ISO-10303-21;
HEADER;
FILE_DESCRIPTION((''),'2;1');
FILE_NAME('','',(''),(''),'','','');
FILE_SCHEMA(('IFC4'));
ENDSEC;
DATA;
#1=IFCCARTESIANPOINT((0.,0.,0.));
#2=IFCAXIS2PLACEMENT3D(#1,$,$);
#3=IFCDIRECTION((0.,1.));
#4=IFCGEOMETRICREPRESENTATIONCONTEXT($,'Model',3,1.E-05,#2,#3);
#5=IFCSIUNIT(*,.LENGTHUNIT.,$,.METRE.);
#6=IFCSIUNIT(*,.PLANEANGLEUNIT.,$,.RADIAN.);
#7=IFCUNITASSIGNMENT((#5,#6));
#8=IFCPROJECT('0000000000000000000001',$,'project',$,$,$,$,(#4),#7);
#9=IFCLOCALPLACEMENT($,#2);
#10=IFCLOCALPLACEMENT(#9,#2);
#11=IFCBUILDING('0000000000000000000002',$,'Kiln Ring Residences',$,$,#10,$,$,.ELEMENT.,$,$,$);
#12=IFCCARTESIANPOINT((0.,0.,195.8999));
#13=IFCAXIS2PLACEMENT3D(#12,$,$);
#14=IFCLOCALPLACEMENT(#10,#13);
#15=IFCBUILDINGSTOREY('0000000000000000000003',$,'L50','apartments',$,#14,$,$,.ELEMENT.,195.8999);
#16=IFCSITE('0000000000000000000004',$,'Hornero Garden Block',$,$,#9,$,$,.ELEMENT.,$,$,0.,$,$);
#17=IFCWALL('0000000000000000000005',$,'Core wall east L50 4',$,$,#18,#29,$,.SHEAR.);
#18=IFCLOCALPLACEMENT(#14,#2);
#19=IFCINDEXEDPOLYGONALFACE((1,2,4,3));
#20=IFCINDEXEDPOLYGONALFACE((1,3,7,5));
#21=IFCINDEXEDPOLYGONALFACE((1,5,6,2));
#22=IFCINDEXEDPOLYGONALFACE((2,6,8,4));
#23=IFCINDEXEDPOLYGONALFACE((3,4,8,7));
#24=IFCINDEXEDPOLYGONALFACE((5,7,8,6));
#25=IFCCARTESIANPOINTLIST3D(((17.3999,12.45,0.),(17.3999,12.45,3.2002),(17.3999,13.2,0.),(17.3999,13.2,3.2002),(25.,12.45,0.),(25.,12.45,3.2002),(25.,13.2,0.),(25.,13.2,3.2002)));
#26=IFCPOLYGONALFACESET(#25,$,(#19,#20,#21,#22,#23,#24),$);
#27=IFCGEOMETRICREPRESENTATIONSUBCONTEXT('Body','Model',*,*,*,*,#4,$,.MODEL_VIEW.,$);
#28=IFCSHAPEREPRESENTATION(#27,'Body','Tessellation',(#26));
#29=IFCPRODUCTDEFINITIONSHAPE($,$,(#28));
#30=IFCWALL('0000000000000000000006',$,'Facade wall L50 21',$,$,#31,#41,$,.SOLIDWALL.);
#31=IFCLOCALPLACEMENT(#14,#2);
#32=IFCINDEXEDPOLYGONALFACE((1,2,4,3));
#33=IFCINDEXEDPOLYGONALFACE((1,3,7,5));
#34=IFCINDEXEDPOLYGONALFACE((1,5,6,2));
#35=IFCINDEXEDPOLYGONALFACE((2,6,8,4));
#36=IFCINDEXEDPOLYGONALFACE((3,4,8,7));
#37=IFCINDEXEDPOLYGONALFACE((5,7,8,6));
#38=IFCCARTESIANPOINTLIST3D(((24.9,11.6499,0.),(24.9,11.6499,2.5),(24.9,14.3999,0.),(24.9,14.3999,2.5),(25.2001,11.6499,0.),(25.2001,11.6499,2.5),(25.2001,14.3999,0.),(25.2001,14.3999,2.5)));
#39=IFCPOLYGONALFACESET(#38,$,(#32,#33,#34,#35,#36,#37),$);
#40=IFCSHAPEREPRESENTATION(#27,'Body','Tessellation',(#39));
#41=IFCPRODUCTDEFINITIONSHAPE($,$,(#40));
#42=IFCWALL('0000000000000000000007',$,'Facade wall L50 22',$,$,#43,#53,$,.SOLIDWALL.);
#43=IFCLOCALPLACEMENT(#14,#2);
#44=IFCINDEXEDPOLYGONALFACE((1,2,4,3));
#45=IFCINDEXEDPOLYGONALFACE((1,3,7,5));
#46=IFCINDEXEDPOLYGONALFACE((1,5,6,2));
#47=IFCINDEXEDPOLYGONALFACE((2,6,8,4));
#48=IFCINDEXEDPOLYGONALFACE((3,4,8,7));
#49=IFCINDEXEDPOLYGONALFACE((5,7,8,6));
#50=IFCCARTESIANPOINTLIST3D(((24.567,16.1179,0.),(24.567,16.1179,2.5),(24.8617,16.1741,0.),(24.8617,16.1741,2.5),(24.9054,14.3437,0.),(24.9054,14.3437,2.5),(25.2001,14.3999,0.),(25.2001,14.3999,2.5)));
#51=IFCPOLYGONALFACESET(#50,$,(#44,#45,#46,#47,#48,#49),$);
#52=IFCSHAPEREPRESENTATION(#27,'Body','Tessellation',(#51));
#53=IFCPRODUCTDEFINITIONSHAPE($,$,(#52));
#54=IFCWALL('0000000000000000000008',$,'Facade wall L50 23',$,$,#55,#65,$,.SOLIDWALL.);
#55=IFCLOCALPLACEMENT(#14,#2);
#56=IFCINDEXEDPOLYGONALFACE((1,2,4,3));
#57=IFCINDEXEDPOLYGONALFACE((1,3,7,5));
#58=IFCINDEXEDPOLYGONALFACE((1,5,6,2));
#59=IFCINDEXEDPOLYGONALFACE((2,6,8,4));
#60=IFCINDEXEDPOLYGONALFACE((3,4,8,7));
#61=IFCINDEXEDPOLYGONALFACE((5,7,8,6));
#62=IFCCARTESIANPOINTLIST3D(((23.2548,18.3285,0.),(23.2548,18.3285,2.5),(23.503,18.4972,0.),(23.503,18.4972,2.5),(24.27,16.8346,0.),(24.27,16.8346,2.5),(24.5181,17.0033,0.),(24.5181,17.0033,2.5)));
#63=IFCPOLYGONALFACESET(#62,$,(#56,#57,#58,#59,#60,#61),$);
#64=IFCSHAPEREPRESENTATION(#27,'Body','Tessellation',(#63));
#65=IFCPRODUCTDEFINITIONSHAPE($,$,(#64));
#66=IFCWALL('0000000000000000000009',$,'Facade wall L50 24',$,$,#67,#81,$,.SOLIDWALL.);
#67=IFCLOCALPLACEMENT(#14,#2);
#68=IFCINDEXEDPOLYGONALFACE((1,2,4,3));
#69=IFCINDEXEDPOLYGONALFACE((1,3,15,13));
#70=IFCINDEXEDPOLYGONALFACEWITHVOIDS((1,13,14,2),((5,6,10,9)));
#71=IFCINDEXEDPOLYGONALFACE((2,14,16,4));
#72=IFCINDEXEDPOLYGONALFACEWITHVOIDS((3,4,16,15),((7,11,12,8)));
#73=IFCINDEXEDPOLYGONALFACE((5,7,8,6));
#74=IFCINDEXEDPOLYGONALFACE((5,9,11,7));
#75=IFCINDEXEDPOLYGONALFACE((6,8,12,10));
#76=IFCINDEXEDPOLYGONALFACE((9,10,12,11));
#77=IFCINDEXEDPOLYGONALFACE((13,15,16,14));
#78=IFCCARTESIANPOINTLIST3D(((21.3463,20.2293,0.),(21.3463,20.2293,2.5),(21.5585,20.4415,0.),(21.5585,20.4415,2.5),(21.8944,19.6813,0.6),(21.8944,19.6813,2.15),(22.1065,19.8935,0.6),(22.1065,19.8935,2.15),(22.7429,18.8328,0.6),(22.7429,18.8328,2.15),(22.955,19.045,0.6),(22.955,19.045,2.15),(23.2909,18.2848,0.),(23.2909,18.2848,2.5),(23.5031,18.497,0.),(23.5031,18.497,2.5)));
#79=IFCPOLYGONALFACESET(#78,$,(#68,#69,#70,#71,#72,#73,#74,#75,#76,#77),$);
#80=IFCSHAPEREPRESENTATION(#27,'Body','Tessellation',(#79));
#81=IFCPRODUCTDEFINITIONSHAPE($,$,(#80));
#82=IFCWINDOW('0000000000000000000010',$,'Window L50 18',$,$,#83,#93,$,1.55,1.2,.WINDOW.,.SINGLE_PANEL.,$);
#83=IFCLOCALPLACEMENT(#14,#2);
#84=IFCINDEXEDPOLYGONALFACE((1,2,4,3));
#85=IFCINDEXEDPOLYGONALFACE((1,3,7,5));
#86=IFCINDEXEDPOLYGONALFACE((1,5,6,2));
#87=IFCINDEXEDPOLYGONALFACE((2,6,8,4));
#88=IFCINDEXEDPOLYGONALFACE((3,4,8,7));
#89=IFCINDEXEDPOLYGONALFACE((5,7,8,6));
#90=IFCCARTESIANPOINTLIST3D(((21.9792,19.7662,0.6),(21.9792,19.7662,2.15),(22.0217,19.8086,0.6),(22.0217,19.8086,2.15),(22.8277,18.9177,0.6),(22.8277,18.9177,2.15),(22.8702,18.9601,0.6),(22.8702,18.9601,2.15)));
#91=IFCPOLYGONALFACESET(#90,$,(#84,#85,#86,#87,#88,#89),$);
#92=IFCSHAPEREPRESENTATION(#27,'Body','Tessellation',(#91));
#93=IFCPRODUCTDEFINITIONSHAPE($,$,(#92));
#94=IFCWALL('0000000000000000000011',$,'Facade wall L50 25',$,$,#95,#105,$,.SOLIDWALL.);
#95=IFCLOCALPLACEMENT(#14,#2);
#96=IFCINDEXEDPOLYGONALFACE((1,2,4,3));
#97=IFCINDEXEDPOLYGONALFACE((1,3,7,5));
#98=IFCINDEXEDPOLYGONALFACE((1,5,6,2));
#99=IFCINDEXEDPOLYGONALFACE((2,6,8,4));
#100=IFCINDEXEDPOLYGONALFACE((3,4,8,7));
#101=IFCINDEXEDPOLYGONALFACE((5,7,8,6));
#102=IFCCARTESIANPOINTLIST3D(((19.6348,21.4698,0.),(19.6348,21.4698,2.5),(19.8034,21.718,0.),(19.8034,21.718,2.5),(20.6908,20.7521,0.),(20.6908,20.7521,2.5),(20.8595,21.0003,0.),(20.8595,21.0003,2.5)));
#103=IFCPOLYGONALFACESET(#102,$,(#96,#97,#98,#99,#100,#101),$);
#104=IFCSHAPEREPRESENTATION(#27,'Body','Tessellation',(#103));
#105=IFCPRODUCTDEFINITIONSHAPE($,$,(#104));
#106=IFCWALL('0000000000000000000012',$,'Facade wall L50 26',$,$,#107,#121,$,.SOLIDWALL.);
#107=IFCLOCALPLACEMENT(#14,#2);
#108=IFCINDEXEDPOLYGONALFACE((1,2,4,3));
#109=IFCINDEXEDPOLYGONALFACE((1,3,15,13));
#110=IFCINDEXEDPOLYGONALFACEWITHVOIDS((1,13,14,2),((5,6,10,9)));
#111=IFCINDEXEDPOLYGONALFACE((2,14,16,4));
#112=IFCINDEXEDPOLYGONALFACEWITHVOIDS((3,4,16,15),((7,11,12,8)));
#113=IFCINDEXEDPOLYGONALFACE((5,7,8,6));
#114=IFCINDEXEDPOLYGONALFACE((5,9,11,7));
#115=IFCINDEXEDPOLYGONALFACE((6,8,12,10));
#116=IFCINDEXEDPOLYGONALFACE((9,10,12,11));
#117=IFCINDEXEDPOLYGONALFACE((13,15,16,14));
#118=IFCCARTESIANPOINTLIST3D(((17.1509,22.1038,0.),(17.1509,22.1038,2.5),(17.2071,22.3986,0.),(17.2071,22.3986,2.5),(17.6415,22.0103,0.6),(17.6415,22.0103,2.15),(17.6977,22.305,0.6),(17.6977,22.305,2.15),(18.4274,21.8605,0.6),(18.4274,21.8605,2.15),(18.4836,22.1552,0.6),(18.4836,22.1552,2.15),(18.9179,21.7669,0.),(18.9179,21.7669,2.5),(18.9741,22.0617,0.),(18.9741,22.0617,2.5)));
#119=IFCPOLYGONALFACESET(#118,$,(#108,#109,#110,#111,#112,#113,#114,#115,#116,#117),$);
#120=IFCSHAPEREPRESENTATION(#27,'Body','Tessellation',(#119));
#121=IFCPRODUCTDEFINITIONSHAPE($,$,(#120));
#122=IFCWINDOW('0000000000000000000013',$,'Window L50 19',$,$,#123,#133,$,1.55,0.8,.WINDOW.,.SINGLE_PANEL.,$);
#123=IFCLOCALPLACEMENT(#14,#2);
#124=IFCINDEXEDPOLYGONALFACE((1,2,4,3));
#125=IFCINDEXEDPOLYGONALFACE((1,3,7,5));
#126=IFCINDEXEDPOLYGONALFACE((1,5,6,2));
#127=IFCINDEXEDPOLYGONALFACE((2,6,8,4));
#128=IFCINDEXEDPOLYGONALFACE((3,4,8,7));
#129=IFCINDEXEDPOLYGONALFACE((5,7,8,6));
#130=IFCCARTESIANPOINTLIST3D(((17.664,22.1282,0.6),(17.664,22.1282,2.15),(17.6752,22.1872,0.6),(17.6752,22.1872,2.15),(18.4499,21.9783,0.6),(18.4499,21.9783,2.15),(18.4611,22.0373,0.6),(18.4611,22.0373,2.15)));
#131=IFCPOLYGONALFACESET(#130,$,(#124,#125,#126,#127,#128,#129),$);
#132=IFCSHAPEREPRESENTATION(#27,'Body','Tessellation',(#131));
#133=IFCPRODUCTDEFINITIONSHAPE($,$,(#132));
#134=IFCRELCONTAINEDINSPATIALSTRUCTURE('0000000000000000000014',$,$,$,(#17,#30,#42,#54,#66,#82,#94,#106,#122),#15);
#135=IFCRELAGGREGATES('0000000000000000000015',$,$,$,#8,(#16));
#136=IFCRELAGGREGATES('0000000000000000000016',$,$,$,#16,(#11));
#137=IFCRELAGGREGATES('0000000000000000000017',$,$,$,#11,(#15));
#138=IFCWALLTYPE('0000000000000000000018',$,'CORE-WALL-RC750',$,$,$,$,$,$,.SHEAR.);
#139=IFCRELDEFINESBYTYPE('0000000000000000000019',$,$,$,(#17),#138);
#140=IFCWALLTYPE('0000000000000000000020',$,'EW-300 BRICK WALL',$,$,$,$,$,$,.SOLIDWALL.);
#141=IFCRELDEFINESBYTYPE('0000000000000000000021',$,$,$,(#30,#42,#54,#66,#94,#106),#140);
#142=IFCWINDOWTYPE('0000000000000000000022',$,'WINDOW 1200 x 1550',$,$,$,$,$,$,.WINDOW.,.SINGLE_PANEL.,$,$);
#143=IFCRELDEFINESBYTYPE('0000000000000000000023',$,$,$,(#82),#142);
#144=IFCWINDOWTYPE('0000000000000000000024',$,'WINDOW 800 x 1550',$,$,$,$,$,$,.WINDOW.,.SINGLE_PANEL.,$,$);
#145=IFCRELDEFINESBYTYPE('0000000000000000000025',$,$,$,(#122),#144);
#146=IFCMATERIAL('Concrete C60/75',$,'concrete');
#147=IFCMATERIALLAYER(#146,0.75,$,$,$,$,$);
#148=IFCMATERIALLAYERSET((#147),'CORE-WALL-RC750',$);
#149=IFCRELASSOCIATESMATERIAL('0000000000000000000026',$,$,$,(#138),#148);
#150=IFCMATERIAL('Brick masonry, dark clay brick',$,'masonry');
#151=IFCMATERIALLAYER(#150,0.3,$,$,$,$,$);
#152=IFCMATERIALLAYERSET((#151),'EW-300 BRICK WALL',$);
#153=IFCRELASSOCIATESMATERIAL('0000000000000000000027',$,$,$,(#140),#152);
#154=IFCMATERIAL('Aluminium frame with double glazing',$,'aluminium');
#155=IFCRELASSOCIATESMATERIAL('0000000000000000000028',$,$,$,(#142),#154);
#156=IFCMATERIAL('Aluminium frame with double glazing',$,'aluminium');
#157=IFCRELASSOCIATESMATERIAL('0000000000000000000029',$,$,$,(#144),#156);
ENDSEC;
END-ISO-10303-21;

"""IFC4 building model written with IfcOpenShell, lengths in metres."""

from ifc_helpers import new_model, si_unit, direction, frame, frame_2d, origin, place, context, subcontext, project, spatial, rectangle, extrude, material, layer, layer_set, type_object, element, fill, save


model = new_model("IFC4")

# Units and contexts
model_context = context("Model", 3, precision=1e-05, world=origin(), true_north=direction((0.0, 1.0)))
body_context = subcontext(model_context, "Body", "Model", "MODEL_VIEW")
ifc_project = project(units=[si_unit("LENGTHUNIT", "METRE"), si_unit("PLANEANGLEUNIT", "RADIAN")], contexts=[model_context])

# Site, building, storey
site_placement = place(None, origin())
site = spatial("IfcSite", under=ifc_project, at=site_placement, Name="Hornero Garden Block", CompositionType="ELEMENT", RefElevation=0.0)
building_placement = place(site_placement, origin())
building = spatial("IfcBuilding", under=site, at=building_placement, Name="Kiln Ring Residences", CompositionType="ELEMENT")
storey_placement = place(building_placement, frame((0.0, 0.0, 195.8999)))
storey = spatial("IfcBuildingStorey", under=building, at=storey_placement, Name="L50", Description="apartments", CompositionType="ELEMENT", Elevation=195.8999)

# Walls
ifc_material_1 = material(Name="Concrete C60/75", Category="concrete")
ifc_layer_1 = layer(ifc_material_1, 0.75)
ifc_layer_set_1 = layer_set([ifc_layer_1], Name="CORE-WALL-RC750")
wall_type_1 = type_object("IfcWallType", Name="CORE-WALL-RC750", PredefinedType="SHEAR", material=ifc_layer_set_1)
wall_1_placement = place(storey_placement, frame((17.3999, 12.825, 0.0), z_axis=(0.0, 0.0, 1.0), x_axis=(1.0, 0.0, 0.0)))
element("IfcWall", 1, at=wall_1_placement, inside=storey, type_object=wall_type_1, Name="Core wall east L50 4", PredefinedType="SHEAR", context=body_context, shape_type="SweptSolid", body=[
    extrude(rectangle(XDim=7.6001, YDim=0.75, at=frame_2d((3.8, 0.0))), origin(), (0.0, 0.0, 1.0), 3.2002),
])
ifc_material_2 = material(Name="Brick masonry, dark clay brick", Category="masonry")
ifc_layer_2 = layer(ifc_material_2, 0.3)
ifc_layer_set_2 = layer_set([ifc_layer_2], Name="EW-300 BRICK WALL")
wall_type_2 = type_object("IfcWallType", Name="EW-300 BRICK WALL", PredefinedType="SOLIDWALL", material=ifc_layer_set_2)
wall_2_placement = place(storey_placement, frame((25.05, 11.6499, 0.0), z_axis=(0.0, 0.0, 1.0), x_axis=(0.0, 1.0, 0.0)))
element("IfcWall", 2, at=wall_2_placement, inside=storey, type_object=wall_type_2, Name="Facade wall L50 21", PredefinedType="SOLIDWALL", context=body_context, shape_type="SweptSolid", body=[
    extrude(rectangle(XDim=2.75, YDim=0.3, at=frame_2d((1.375, 0.0))), origin(), (0.0, 0.0, 1.0), 2.5),
])
for number, where, z_axis, x_axis, name in (
    (3, (25.0527, 14.3718, 0.0), (0.0, 0.0, 1.0), (-0.187348, 0.982294, 0.0), "Facade wall L50 22"),
    (4, (24.394, 16.9189, 0.0), (0.0, 0.0, 1.0), (-0.56204, 0.82711, 0.0), "Facade wall L50 23"),
):
    element("IfcWall", number, at=place(storey_placement, frame(where, z_axis=z_axis, x_axis=x_axis)), inside=storey, type_object=wall_type_2, Name=name, PredefinedType="SOLIDWALL", context=body_context, shape_type="SweptSolid", body=[
        extrude(rectangle(XDim=1.8062, YDim=0.3, at=frame_2d((0.9031, 0.0))), origin(), (0.0, 0.0, 1.0), 2.5),
    ])

# Wall, opening, window
wall_3_placement = place(storey_placement, frame((23.397, 18.3909, 0.0), z_axis=(0.0, 0.0, 1.0), x_axis=(-0.707107, 0.707107, 0.0)))
wall_3 = element("IfcWall", 5, at=wall_3_placement, inside=storey, type_object=wall_type_2, Name="Facade wall L50 24", PredefinedType="SOLIDWALL", context=body_context, shape_type="SweptSolid", body=[
    extrude(rectangle(XDim=2.75, YDim=0.3, at=frame_2d((1.375, 0.0))), origin(), (0.0, 0.0, 1.0), 2.5),
])
opening_1_placement = place(wall_3_placement, frame((0.7749, 0.0, 0.6001)))
opening_1 = element("IfcOpeningElement", 6, at=opening_1_placement, cuts=wall_3, PredefinedType="OPENING", context=body_context, shape_type="SweptSolid", body=[
    extrude(rectangle(XDim=1.2, YDim=1.55, at=frame_2d((0.6001, 0.7749))), frame((0.0, 0.1599, 0.0), z_axis=(0.0, -1.0, 0.0), x_axis=(1.0, 0.0, 0.0)), (0.0, 0.0, 1.0), 0.3201),
])
ifc_material_3 = material(Name="Aluminium frame with double glazing", Category="aluminium")
window_type_1 = type_object("IfcWindowType", Name="WINDOW 1200 x 1550", PartitioningType="SINGLE_PANEL", PredefinedType="WINDOW", material=ifc_material_3)
window_1_placement = place(opening_1_placement, origin())
window_1 = element("IfcWindow", 7, at=window_1_placement, inside=storey, type_object=window_type_1, Name="Window L50 18", OverallHeight=1.55, OverallWidth=1.2, PartitioningType="SINGLE_PANEL", PredefinedType="WINDOW", context=body_context, shape_type="SweptSolid", body=[
    extrude(rectangle(XDim=1.2, YDim=1.55, at=frame_2d((0.6001, 0.7749))), frame((0.0, 0.03, 0.0), z_axis=(0.0, -1.0, 0.0), x_axis=(1.0, 0.0, 0.0)), (0.0, 0.0, 1.0), 0.0601),
])
fill(opening_1, window_1)

# Wall
wall_4_placement = place(storey_placement, frame((20.7751, 20.8762, 0.0), z_axis=(0.0, 0.0, 1.0), x_axis=(-0.827076, 0.56209, 0.0)))
element("IfcWall", 8, at=wall_4_placement, inside=storey, type_object=wall_type_2, Name="Facade wall L50 25", PredefinedType="SOLIDWALL", context=body_context, shape_type="SweptSolid", body=[
    extrude(rectangle(XDim=1.2769, YDim=0.3, at=frame_2d((0.6384, 0.0))), origin(), (0.0, 0.0, 1.0), 2.5),
])

# Wall, opening, window
wall_5_placement = place(storey_placement, frame((18.946, 21.9143, 0.0), z_axis=(0.0, 0.0, 1.0), x_axis=(-0.982305, 0.187287, 0.0)))
wall_5 = element("IfcWall", 9, at=wall_5_placement, inside=storey, type_object=wall_type_2, Name="Facade wall L50 26", PredefinedType="SOLIDWALL", context=body_context, shape_type="SweptSolid", body=[
    extrude(rectangle(XDim=1.7988, YDim=0.3, at=frame_2d((0.8994, 0.0))), origin(), (0.0, 0.0, 1.0), 2.5),
])
opening_2_placement = place(wall_5_placement, frame((0.4995, 0.0, 0.6001)))
opening_2 = element("IfcOpeningElement", 10, at=opening_2_placement, cuts=wall_5, PredefinedType="OPENING", context=body_context, shape_type="SweptSolid", body=[
    extrude(rectangle(XDim=0.8, YDim=1.55, at=frame_2d((0.3999, 0.7749))), frame((0.0, 0.1599, 0.0), z_axis=(0.0, -1.0, 0.0), x_axis=(1.0, 0.0, 0.0)), (0.0, 0.0, 1.0), 0.3201),
])
ifc_material_4 = material(Name="Aluminium frame with double glazing", Category="aluminium")
window_type_2 = type_object("IfcWindowType", Name="WINDOW 800 x 1550", PartitioningType="SINGLE_PANEL", PredefinedType="WINDOW", material=ifc_material_4)
window_2_placement = place(opening_2_placement, origin())
window_2 = element("IfcWindow", 11, at=window_2_placement, inside=storey, type_object=window_type_2, Name="Window L50 19", OverallHeight=1.55, OverallWidth=0.8, PartitioningType="SINGLE_PANEL", PredefinedType="WINDOW", context=body_context, shape_type="SweptSolid", body=[
    extrude(rectangle(XDim=0.8, YDim=1.55, at=frame_2d((0.3999, 0.7749))), frame((0.0, 0.03, 0.0), z_axis=(0.0, -1.0, 0.0), x_axis=(1.0, 0.0, 0.0)), (0.0, 0.0, 1.0), 0.0601),
])
fill(opening_2, window_2)

save(model, "model.ifc")
